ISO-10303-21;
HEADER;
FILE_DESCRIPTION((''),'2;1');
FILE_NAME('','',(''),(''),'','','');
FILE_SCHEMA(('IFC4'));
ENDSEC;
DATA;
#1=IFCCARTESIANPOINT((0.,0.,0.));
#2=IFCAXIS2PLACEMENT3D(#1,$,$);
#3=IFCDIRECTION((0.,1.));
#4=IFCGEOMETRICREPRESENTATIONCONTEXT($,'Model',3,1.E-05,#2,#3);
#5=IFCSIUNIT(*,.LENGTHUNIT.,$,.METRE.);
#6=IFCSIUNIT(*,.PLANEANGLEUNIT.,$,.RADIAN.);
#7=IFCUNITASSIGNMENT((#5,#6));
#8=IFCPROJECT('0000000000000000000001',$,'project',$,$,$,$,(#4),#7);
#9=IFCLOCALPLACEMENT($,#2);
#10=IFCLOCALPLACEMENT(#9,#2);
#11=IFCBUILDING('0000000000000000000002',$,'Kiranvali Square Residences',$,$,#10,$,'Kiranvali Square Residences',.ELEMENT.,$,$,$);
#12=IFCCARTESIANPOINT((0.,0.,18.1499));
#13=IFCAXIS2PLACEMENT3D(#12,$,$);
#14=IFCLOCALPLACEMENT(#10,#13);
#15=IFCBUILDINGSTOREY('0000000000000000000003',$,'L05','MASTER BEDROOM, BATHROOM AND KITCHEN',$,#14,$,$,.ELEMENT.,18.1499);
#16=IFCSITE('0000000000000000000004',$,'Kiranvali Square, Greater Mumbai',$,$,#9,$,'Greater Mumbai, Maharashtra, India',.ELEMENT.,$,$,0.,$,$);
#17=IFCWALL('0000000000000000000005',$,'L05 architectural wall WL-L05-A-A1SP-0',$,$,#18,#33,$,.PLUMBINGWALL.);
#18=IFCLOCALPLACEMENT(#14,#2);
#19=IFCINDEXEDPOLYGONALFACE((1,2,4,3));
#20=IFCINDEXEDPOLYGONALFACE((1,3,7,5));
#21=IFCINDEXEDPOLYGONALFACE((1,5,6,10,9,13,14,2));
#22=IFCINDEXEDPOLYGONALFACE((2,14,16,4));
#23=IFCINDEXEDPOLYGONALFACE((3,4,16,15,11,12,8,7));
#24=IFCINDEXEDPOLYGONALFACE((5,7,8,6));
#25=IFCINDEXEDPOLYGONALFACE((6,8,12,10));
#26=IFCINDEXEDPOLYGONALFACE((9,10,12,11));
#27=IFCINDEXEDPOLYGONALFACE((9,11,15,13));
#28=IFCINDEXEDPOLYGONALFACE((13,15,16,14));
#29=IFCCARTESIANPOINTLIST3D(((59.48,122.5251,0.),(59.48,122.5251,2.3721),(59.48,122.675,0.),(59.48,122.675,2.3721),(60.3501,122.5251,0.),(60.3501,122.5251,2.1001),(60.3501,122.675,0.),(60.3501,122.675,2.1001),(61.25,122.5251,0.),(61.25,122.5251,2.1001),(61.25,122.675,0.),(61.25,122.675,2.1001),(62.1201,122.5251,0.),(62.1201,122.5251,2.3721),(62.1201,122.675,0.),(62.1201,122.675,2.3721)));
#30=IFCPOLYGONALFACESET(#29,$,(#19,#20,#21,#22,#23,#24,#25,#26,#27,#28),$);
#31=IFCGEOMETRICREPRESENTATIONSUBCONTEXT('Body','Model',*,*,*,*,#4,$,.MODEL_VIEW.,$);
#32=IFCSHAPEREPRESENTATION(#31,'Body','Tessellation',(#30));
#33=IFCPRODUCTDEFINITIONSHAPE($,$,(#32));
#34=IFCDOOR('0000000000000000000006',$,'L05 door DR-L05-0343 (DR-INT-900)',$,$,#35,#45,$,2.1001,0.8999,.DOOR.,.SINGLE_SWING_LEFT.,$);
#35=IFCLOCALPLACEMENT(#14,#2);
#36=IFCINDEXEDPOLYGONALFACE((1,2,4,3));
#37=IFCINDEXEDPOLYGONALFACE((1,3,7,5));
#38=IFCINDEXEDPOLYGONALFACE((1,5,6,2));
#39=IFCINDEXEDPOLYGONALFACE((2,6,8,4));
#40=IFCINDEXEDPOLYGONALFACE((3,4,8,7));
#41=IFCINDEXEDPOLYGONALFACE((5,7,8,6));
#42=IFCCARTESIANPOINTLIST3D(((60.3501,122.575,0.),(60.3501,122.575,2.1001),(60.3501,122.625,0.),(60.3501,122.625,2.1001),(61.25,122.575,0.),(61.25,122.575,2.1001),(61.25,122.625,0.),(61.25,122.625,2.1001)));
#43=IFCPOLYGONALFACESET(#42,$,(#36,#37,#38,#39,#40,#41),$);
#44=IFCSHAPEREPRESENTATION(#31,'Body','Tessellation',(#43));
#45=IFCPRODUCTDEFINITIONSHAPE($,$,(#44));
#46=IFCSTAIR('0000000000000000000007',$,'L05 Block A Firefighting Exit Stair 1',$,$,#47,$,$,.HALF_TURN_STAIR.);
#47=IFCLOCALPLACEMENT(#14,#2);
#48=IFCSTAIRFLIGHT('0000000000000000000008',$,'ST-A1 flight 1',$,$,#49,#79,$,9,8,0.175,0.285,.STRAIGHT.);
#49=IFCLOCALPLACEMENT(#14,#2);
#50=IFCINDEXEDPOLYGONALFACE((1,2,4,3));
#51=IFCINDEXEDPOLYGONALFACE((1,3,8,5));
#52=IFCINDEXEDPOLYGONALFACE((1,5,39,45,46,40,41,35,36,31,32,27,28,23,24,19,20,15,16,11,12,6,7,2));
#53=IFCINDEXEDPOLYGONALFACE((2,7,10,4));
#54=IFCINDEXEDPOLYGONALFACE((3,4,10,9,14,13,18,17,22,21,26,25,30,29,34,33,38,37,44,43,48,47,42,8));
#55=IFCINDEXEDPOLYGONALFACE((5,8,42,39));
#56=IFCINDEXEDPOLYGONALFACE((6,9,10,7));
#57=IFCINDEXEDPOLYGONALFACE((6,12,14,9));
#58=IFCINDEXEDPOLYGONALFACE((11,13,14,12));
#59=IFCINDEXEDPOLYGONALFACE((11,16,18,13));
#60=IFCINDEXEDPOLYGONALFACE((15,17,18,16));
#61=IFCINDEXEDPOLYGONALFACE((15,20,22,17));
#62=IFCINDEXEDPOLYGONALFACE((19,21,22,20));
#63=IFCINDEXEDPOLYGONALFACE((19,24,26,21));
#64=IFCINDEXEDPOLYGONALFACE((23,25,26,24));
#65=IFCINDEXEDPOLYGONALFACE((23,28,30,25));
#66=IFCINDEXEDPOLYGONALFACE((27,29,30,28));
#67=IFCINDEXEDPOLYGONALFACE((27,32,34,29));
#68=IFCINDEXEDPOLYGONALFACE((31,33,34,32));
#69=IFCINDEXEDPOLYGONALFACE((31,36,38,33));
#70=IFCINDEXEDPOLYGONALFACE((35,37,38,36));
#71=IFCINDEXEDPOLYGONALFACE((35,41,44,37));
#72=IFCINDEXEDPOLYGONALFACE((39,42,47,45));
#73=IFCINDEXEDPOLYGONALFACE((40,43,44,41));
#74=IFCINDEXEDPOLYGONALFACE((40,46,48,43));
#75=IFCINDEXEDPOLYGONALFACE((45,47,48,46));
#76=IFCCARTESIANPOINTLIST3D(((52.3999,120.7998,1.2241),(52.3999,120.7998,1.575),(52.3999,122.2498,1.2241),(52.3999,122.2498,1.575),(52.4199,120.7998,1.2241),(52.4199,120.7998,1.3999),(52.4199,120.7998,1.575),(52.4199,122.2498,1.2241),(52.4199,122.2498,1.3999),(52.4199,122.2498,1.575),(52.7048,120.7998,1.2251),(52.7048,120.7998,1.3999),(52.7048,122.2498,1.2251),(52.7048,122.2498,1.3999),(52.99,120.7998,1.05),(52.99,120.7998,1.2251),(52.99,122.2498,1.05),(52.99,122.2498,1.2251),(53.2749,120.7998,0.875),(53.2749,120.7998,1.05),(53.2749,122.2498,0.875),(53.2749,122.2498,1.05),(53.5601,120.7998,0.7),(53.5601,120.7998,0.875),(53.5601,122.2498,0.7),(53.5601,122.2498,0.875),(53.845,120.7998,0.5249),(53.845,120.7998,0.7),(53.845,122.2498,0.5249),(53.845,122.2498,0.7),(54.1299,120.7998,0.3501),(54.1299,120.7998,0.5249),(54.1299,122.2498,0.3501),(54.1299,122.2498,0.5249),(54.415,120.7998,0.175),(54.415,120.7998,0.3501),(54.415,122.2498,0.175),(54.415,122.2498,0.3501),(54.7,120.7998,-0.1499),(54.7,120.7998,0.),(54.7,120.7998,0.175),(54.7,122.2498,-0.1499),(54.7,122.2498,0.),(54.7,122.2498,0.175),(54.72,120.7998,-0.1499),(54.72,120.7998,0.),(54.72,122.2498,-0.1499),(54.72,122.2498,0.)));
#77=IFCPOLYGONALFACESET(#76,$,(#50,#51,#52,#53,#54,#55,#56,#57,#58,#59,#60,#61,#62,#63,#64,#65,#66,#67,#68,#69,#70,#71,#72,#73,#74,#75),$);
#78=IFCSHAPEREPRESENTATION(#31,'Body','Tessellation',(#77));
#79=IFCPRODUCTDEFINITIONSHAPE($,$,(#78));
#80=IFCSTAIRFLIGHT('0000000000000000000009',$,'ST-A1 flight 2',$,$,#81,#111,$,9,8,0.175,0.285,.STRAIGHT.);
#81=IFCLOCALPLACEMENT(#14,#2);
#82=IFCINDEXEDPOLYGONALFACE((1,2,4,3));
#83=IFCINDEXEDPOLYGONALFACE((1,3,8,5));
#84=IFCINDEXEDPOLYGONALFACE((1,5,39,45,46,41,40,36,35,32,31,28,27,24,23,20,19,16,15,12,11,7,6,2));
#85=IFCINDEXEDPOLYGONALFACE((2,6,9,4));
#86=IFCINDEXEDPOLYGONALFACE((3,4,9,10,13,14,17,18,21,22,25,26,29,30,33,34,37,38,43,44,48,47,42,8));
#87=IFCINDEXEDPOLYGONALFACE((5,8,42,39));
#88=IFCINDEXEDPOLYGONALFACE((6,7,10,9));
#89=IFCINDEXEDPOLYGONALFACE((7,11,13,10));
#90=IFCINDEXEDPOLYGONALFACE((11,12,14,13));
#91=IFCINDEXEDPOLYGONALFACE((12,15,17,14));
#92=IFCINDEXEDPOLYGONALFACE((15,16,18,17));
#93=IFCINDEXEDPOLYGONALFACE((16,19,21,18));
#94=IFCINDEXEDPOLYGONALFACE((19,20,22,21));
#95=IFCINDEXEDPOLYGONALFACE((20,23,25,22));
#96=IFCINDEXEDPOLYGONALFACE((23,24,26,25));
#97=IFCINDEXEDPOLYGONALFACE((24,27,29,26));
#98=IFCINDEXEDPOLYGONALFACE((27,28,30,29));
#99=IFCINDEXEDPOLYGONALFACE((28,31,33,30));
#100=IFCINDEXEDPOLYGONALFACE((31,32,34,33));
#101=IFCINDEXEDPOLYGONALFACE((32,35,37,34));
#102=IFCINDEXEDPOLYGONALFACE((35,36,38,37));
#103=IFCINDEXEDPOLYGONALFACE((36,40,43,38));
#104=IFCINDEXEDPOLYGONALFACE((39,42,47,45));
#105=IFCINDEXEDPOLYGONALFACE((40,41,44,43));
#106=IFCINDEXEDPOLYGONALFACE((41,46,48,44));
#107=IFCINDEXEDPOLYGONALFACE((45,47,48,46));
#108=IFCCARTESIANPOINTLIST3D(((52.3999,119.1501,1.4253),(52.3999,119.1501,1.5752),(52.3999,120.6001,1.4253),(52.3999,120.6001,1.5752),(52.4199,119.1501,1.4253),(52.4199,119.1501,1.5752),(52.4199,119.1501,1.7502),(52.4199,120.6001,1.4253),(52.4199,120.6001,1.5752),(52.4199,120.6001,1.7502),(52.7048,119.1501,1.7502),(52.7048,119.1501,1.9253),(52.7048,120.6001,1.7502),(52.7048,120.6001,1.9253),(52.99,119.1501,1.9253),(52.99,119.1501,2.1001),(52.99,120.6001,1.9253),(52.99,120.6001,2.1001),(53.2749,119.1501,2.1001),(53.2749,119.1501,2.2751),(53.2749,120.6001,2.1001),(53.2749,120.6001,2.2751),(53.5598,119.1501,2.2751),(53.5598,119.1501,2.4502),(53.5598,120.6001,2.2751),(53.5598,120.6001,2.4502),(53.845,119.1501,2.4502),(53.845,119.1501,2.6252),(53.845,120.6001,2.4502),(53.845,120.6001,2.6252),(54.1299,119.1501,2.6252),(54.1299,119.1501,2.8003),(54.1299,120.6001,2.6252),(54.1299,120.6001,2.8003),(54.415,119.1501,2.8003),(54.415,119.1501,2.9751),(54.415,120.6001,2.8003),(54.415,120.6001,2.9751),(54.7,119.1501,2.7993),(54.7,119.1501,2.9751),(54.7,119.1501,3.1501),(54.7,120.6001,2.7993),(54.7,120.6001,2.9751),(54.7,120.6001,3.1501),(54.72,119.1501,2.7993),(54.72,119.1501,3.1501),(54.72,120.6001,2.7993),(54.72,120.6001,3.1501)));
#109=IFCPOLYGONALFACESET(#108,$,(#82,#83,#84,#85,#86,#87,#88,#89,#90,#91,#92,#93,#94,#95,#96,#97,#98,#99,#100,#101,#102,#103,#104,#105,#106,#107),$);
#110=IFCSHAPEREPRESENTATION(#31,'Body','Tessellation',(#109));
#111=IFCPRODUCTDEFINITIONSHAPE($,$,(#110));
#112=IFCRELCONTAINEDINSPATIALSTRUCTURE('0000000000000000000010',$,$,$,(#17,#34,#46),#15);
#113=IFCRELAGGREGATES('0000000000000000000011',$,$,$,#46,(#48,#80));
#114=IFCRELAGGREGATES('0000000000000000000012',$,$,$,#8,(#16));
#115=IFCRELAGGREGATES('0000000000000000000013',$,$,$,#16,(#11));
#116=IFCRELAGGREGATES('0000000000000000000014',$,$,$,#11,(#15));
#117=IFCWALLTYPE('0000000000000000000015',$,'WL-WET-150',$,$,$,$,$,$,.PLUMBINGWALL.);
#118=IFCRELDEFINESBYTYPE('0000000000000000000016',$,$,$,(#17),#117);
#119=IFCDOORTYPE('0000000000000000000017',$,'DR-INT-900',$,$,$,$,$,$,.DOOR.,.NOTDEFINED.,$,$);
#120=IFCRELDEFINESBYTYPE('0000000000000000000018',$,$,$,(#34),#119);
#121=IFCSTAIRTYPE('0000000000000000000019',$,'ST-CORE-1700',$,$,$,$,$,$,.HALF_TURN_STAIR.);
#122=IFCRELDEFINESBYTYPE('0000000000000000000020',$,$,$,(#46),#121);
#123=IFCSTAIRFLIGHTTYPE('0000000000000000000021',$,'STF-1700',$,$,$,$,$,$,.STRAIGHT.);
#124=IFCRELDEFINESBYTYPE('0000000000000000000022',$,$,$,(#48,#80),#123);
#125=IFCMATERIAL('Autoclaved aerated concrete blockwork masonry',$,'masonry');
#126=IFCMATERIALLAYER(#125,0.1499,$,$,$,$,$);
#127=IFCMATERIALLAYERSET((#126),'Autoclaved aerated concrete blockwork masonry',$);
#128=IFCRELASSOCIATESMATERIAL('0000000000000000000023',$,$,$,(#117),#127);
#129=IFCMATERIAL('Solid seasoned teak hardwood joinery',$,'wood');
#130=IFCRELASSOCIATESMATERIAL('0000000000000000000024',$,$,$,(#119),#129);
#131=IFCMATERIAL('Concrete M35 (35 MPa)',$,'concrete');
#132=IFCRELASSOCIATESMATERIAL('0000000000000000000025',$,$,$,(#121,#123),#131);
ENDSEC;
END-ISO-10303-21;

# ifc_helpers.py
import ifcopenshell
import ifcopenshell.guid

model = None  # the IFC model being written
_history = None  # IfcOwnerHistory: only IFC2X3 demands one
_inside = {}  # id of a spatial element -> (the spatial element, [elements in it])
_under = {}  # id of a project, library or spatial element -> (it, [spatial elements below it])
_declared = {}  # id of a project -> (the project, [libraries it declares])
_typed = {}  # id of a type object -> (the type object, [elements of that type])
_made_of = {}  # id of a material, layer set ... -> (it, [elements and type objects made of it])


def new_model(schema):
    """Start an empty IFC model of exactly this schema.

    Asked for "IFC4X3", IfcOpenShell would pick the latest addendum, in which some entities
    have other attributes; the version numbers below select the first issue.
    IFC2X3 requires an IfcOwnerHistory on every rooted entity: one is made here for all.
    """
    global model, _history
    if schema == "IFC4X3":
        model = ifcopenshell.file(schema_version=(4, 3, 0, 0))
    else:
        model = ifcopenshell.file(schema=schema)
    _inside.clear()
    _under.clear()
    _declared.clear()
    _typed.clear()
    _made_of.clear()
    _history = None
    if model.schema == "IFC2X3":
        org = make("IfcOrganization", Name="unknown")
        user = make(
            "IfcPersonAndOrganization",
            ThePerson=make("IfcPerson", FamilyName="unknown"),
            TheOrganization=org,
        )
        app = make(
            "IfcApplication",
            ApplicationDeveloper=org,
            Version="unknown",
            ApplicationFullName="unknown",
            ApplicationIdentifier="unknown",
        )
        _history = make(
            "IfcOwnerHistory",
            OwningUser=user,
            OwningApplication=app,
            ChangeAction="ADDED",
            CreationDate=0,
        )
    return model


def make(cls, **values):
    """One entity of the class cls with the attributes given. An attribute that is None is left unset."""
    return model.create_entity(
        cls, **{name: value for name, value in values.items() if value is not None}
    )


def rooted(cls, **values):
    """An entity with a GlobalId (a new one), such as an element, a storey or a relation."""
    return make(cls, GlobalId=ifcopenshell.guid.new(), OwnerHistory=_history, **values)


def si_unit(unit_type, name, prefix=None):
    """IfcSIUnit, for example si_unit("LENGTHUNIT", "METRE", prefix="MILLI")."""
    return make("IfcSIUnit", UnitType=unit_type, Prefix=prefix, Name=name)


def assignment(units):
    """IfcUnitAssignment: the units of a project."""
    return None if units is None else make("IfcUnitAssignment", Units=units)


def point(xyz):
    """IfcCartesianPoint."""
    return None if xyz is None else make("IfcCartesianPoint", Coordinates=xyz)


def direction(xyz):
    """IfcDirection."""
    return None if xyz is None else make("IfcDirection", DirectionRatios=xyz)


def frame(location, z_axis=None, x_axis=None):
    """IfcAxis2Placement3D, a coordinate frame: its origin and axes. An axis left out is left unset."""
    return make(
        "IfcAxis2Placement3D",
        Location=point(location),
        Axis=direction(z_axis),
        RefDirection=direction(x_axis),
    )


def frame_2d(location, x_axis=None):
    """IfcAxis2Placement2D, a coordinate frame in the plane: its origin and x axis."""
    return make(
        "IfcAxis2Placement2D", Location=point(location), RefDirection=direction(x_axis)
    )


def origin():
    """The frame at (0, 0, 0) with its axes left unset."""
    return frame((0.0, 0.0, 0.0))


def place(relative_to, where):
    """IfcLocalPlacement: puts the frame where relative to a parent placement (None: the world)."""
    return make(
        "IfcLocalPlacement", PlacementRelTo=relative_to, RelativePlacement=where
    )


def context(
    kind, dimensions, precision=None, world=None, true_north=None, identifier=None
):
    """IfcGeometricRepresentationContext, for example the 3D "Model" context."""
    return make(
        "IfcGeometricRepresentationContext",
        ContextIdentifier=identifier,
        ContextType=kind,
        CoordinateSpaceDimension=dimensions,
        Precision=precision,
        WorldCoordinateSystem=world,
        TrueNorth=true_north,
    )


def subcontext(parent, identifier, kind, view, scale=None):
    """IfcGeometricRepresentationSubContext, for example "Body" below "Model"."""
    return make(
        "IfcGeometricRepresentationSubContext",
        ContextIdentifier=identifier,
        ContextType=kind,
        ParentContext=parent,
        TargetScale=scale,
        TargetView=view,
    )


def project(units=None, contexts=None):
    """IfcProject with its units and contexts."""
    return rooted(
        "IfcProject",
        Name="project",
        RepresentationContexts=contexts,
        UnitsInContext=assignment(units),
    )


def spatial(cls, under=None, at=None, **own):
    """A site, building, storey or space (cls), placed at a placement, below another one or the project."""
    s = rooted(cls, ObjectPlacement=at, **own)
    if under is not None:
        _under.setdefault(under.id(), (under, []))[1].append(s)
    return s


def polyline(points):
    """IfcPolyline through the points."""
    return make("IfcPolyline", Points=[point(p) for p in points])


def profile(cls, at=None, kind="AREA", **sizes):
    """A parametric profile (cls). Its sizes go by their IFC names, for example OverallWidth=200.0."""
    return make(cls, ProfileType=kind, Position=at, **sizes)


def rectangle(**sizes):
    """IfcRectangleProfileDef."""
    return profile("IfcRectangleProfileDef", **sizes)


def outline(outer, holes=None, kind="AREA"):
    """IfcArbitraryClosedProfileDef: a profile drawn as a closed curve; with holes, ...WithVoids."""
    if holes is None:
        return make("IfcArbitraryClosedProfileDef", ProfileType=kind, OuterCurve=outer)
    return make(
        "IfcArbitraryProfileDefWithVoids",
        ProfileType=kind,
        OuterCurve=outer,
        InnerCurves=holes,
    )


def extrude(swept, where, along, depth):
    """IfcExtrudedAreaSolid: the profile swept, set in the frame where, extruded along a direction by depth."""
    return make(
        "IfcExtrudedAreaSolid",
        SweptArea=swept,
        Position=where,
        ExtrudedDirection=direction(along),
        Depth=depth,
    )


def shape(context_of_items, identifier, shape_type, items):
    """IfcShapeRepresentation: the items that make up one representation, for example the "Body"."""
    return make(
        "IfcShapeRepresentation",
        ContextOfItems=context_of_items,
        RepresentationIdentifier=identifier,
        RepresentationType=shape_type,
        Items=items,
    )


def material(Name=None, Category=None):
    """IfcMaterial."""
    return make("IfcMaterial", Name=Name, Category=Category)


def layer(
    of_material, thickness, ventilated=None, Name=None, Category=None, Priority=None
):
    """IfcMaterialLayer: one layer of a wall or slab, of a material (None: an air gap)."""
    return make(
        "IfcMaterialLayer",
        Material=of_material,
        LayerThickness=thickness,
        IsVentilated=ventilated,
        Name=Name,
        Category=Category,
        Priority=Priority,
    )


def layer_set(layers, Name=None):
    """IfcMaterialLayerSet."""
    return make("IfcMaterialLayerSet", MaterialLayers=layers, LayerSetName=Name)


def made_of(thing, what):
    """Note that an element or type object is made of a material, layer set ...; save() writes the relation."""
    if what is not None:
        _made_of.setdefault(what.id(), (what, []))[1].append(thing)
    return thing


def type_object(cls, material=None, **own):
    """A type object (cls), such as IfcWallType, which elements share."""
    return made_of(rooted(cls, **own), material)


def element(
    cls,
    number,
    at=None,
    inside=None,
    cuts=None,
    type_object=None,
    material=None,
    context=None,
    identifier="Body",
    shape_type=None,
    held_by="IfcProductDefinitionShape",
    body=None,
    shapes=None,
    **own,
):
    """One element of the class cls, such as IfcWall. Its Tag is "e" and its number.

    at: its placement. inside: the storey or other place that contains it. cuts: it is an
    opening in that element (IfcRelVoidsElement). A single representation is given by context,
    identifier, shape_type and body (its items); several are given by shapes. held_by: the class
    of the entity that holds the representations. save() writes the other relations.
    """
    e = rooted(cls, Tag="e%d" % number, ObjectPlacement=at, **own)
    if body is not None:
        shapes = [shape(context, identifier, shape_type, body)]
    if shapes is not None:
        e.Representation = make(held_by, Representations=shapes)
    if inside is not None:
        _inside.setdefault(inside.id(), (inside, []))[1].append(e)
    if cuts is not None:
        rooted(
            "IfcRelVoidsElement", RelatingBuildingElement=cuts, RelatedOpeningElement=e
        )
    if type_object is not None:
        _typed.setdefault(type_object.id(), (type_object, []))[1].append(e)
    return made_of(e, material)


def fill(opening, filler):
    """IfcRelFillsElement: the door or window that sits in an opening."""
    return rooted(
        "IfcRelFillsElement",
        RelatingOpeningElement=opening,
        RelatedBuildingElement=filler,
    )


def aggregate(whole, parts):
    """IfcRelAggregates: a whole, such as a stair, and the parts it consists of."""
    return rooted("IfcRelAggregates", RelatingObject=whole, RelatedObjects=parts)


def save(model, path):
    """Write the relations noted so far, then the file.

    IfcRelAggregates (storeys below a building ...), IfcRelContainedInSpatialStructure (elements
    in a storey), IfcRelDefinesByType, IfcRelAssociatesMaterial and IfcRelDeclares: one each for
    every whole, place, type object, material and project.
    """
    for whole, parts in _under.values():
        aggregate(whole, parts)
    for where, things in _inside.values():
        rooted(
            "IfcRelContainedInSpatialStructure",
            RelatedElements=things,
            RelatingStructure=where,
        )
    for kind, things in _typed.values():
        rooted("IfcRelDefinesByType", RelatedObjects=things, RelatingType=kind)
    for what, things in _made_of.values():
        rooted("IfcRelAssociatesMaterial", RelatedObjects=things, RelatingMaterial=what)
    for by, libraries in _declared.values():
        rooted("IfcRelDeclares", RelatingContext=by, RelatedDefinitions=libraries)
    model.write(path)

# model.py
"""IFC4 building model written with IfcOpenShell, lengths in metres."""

from ifc_helpers import new_model, si_unit, direction, frame, frame_2d, origin, place, context, subcontext, project, spatial, polyline, rectangle, outline, extrude, material, layer, layer_set, type_object, element, fill, aggregate, save


model = new_model("IFC4")

# Units and contexts
model_context = context("Model", 3, precision=1e-05, world=origin(), true_north=direction((0.0, 1.0)))
body_context = subcontext(model_context, "Body", "Model", "MODEL_VIEW")
ifc_project = project(units=[si_unit("LENGTHUNIT", "METRE"), si_unit("PLANEANGLEUNIT", "RADIAN")], contexts=[model_context])

# Site, building, storey
site_placement = place(None, origin())
site = spatial("IfcSite", under=ifc_project, at=site_placement, Name="Kiranvali Square, Greater Mumbai", LongName="Greater Mumbai, Maharashtra, India", CompositionType="ELEMENT", RefElevation=0.0)
building_placement = place(site_placement, origin())
building = spatial("IfcBuilding", under=site, at=building_placement, Name="Kiranvali Square Residences", LongName="Kiranvali Square Residences", CompositionType="ELEMENT")
storey_placement = place(building_placement, frame((0.0, 0.0, 18.1499)))
storey = spatial("IfcBuildingStorey", under=building, at=storey_placement, Name="L05", Description="MASTER BEDROOM, BATHROOM AND KITCHEN", CompositionType="ELEMENT", Elevation=18.1499)

# Shared definitions
ifc_material_1 = material(Name="Autoclaved aerated concrete blockwork masonry", Category="masonry")
ifc_material_2 = material(Name="Solid seasoned teak hardwood joinery", Category="wood")

# Wall, opening, door
ifc_layer_1 = layer(ifc_material_1, 0.1499)
ifc_layer_set_1 = layer_set([ifc_layer_1], Name="Autoclaved aerated concrete blockwork masonry")
wall_type_1 = type_object("IfcWallType", Name="WL-WET-150", PredefinedType="PLUMBINGWALL", material=ifc_layer_set_1)
wall_1_placement = place(storey_placement, frame((59.48, 122.6001, 0.0), z_axis=(0.0, 0.0, 1.0), x_axis=(1.0, 0.0, 0.0)))
wall_1 = element("IfcWall", 1, at=wall_1_placement, inside=storey, type_object=wall_type_1, Name="L05 architectural wall WL-L05-A-A1SP-0", PredefinedType="PLUMBINGWALL", context=body_context, shape_type="SweptSolid", body=[
    extrude(rectangle(XDim=2.6401, YDim=0.1499, at=frame_2d((1.3201, 0.0))), origin(), (0.0, 0.0, 1.0), 2.3721),
])
opening_1_placement = place(wall_1_placement, frame((0.8701, 0.0, 0.0)))
opening_1 = element("IfcOpeningElement", 2, at=opening_1_placement, cuts=wall_1, PredefinedType="OPENING", context=body_context, shape_type="SweptSolid", body=[
    extrude(rectangle(XDim=0.8999, YDim=2.1001, at=frame_2d((0.45, 1.05))), frame((0.0, 0.085, 0.0), z_axis=(0.0, -1.0, 0.0), x_axis=(1.0, 0.0, 0.0)), (0.0, 0.0, 1.0), 0.1699),
])
door_type_1 = type_object("IfcDoorType", Name="DR-INT-900", OperationType="NOTDEFINED", PredefinedType="DOOR", material=ifc_material_2)
door_1_placement = place(opening_1_placement, origin())
door_1 = element("IfcDoor", 3, at=door_1_placement, inside=storey, type_object=door_type_1, Name="L05 door DR-L05-0343 (DR-INT-900)", OperationType="SINGLE_SWING_LEFT", OverallHeight=2.1001, OverallWidth=0.8999, PredefinedType="DOOR", context=body_context, shape_type="SweptSolid", body=[
    extrude(rectangle(XDim=0.8999, YDim=2.1001, at=frame_2d((0.45, 1.05))), frame((0.0, 0.0249, 0.0), z_axis=(0.0, -1.0, 0.0), x_axis=(1.0, 0.0, 0.0)), (0.0, 0.0, 1.0), 0.05),
])
fill(opening_1, door_1)

# Stair, stair flights
ifc_material_3 = material(Name="Concrete M35 (35 MPa)", Category="concrete")
stair_type = type_object("IfcStairType", Name="ST-CORE-1700", PredefinedType="HALF_TURN_STAIR", material=ifc_material_3)
stair_placement = place(storey_placement, origin())
stair = element("IfcStair", 4, at=stair_placement, inside=storey, type_object=stair_type, Name="L05 Block A Firefighting Exit Stair 1", PredefinedType="HALF_TURN_STAIR")
stair_flight_type = type_object("IfcStairFlightType", Name="STF-1700", PredefinedType="STRAIGHT", material=ifc_material_3)
stair_flight_1_placement = place(storey_placement, frame((54.7, 121.5249, 0.0), z_axis=(0.0, 0.0, 1.0), x_axis=(-1.0, 0.0, 0.0)))
stair_flight_1 = element("IfcStairFlight", 5, at=stair_flight_1_placement, type_object=stair_flight_type, Name="ST-A1 flight 1", NumberOfRisers=9, NumberOfTreads=8, PredefinedType="STRAIGHT", RiserHeight=0.175, TreadLength=0.285, context=body_context, shape_type="SweptSolid", body=[
    extrude(outline(polyline([(-0.02, -0.1499), (-0.02, 0.0), (0.0, 0.0), (0.0, 0.175), (0.2849, 0.175), (0.2849, 0.3501), (0.5701, 0.3501), (0.5701, 0.5249), (0.855, 0.5249), (0.855, 0.7), (1.1399, 0.7), (1.1399, 0.875), (1.425, 0.875), (1.425, 1.05), (1.71, 1.05), (1.71, 1.2251), (1.9951, 1.2251), (1.9951, 1.3999), (2.28, 1.3999), (2.28, 1.575), (2.3, 1.575), (2.3, 1.2241), (2.28, 1.2241), (0.0, -0.1499), (-0.02, -0.1499)])), frame((0.0, 0.7251, 0.0), z_axis=(0.0, -1.0, 0.0), x_axis=(1.0, 0.0, 0.0)), (0.0, 0.0, 1.0), 1.45),
])
stair_flight_2_placement = place(storey_placement, frame((52.4199, 119.875, 1.5752), z_axis=(0.0, 0.0, 1.0), x_axis=(1.0, 0.0, 0.0)))
stair_flight_2 = element("IfcStairFlight", 6, at=stair_flight_2_placement, type_object=stair_flight_type, Name="ST-A1 flight 2", NumberOfRisers=9, NumberOfTreads=8, PredefinedType="STRAIGHT", RiserHeight=0.175, TreadLength=0.285, context=body_context, shape_type="SweptSolid", body=[
    extrude(outline(polyline([(-0.02, -0.1499), (-0.02, 0.0), (0.0, 0.0), (0.0, 0.175), (0.2849, 0.175), (0.2849, 0.3501), (0.5701, 0.3501), (0.5701, 0.5249), (0.855, 0.5249), (0.855, 0.7), (1.1399, 0.7), (1.1399, 0.875), (1.425, 0.875), (1.425, 1.05), (1.71, 1.05), (1.71, 1.2251), (1.9951, 1.2251), (1.9951, 1.3999), (2.28, 1.3999), (2.28, 1.575), (2.3, 1.575), (2.3, 1.2241), (2.28, 1.2241), (0.0, -0.1499), (-0.02, -0.1499)])), frame((0.0, 0.7251, 0.0), z_axis=(0.0, -1.0, 0.0), x_axis=(1.0, 0.0, 0.0)), (0.0, 0.0, 1.0), 1.45),
])
aggregate(stair, [stair_flight_1, stair_flight_2])

save(model, "model.ifc")
